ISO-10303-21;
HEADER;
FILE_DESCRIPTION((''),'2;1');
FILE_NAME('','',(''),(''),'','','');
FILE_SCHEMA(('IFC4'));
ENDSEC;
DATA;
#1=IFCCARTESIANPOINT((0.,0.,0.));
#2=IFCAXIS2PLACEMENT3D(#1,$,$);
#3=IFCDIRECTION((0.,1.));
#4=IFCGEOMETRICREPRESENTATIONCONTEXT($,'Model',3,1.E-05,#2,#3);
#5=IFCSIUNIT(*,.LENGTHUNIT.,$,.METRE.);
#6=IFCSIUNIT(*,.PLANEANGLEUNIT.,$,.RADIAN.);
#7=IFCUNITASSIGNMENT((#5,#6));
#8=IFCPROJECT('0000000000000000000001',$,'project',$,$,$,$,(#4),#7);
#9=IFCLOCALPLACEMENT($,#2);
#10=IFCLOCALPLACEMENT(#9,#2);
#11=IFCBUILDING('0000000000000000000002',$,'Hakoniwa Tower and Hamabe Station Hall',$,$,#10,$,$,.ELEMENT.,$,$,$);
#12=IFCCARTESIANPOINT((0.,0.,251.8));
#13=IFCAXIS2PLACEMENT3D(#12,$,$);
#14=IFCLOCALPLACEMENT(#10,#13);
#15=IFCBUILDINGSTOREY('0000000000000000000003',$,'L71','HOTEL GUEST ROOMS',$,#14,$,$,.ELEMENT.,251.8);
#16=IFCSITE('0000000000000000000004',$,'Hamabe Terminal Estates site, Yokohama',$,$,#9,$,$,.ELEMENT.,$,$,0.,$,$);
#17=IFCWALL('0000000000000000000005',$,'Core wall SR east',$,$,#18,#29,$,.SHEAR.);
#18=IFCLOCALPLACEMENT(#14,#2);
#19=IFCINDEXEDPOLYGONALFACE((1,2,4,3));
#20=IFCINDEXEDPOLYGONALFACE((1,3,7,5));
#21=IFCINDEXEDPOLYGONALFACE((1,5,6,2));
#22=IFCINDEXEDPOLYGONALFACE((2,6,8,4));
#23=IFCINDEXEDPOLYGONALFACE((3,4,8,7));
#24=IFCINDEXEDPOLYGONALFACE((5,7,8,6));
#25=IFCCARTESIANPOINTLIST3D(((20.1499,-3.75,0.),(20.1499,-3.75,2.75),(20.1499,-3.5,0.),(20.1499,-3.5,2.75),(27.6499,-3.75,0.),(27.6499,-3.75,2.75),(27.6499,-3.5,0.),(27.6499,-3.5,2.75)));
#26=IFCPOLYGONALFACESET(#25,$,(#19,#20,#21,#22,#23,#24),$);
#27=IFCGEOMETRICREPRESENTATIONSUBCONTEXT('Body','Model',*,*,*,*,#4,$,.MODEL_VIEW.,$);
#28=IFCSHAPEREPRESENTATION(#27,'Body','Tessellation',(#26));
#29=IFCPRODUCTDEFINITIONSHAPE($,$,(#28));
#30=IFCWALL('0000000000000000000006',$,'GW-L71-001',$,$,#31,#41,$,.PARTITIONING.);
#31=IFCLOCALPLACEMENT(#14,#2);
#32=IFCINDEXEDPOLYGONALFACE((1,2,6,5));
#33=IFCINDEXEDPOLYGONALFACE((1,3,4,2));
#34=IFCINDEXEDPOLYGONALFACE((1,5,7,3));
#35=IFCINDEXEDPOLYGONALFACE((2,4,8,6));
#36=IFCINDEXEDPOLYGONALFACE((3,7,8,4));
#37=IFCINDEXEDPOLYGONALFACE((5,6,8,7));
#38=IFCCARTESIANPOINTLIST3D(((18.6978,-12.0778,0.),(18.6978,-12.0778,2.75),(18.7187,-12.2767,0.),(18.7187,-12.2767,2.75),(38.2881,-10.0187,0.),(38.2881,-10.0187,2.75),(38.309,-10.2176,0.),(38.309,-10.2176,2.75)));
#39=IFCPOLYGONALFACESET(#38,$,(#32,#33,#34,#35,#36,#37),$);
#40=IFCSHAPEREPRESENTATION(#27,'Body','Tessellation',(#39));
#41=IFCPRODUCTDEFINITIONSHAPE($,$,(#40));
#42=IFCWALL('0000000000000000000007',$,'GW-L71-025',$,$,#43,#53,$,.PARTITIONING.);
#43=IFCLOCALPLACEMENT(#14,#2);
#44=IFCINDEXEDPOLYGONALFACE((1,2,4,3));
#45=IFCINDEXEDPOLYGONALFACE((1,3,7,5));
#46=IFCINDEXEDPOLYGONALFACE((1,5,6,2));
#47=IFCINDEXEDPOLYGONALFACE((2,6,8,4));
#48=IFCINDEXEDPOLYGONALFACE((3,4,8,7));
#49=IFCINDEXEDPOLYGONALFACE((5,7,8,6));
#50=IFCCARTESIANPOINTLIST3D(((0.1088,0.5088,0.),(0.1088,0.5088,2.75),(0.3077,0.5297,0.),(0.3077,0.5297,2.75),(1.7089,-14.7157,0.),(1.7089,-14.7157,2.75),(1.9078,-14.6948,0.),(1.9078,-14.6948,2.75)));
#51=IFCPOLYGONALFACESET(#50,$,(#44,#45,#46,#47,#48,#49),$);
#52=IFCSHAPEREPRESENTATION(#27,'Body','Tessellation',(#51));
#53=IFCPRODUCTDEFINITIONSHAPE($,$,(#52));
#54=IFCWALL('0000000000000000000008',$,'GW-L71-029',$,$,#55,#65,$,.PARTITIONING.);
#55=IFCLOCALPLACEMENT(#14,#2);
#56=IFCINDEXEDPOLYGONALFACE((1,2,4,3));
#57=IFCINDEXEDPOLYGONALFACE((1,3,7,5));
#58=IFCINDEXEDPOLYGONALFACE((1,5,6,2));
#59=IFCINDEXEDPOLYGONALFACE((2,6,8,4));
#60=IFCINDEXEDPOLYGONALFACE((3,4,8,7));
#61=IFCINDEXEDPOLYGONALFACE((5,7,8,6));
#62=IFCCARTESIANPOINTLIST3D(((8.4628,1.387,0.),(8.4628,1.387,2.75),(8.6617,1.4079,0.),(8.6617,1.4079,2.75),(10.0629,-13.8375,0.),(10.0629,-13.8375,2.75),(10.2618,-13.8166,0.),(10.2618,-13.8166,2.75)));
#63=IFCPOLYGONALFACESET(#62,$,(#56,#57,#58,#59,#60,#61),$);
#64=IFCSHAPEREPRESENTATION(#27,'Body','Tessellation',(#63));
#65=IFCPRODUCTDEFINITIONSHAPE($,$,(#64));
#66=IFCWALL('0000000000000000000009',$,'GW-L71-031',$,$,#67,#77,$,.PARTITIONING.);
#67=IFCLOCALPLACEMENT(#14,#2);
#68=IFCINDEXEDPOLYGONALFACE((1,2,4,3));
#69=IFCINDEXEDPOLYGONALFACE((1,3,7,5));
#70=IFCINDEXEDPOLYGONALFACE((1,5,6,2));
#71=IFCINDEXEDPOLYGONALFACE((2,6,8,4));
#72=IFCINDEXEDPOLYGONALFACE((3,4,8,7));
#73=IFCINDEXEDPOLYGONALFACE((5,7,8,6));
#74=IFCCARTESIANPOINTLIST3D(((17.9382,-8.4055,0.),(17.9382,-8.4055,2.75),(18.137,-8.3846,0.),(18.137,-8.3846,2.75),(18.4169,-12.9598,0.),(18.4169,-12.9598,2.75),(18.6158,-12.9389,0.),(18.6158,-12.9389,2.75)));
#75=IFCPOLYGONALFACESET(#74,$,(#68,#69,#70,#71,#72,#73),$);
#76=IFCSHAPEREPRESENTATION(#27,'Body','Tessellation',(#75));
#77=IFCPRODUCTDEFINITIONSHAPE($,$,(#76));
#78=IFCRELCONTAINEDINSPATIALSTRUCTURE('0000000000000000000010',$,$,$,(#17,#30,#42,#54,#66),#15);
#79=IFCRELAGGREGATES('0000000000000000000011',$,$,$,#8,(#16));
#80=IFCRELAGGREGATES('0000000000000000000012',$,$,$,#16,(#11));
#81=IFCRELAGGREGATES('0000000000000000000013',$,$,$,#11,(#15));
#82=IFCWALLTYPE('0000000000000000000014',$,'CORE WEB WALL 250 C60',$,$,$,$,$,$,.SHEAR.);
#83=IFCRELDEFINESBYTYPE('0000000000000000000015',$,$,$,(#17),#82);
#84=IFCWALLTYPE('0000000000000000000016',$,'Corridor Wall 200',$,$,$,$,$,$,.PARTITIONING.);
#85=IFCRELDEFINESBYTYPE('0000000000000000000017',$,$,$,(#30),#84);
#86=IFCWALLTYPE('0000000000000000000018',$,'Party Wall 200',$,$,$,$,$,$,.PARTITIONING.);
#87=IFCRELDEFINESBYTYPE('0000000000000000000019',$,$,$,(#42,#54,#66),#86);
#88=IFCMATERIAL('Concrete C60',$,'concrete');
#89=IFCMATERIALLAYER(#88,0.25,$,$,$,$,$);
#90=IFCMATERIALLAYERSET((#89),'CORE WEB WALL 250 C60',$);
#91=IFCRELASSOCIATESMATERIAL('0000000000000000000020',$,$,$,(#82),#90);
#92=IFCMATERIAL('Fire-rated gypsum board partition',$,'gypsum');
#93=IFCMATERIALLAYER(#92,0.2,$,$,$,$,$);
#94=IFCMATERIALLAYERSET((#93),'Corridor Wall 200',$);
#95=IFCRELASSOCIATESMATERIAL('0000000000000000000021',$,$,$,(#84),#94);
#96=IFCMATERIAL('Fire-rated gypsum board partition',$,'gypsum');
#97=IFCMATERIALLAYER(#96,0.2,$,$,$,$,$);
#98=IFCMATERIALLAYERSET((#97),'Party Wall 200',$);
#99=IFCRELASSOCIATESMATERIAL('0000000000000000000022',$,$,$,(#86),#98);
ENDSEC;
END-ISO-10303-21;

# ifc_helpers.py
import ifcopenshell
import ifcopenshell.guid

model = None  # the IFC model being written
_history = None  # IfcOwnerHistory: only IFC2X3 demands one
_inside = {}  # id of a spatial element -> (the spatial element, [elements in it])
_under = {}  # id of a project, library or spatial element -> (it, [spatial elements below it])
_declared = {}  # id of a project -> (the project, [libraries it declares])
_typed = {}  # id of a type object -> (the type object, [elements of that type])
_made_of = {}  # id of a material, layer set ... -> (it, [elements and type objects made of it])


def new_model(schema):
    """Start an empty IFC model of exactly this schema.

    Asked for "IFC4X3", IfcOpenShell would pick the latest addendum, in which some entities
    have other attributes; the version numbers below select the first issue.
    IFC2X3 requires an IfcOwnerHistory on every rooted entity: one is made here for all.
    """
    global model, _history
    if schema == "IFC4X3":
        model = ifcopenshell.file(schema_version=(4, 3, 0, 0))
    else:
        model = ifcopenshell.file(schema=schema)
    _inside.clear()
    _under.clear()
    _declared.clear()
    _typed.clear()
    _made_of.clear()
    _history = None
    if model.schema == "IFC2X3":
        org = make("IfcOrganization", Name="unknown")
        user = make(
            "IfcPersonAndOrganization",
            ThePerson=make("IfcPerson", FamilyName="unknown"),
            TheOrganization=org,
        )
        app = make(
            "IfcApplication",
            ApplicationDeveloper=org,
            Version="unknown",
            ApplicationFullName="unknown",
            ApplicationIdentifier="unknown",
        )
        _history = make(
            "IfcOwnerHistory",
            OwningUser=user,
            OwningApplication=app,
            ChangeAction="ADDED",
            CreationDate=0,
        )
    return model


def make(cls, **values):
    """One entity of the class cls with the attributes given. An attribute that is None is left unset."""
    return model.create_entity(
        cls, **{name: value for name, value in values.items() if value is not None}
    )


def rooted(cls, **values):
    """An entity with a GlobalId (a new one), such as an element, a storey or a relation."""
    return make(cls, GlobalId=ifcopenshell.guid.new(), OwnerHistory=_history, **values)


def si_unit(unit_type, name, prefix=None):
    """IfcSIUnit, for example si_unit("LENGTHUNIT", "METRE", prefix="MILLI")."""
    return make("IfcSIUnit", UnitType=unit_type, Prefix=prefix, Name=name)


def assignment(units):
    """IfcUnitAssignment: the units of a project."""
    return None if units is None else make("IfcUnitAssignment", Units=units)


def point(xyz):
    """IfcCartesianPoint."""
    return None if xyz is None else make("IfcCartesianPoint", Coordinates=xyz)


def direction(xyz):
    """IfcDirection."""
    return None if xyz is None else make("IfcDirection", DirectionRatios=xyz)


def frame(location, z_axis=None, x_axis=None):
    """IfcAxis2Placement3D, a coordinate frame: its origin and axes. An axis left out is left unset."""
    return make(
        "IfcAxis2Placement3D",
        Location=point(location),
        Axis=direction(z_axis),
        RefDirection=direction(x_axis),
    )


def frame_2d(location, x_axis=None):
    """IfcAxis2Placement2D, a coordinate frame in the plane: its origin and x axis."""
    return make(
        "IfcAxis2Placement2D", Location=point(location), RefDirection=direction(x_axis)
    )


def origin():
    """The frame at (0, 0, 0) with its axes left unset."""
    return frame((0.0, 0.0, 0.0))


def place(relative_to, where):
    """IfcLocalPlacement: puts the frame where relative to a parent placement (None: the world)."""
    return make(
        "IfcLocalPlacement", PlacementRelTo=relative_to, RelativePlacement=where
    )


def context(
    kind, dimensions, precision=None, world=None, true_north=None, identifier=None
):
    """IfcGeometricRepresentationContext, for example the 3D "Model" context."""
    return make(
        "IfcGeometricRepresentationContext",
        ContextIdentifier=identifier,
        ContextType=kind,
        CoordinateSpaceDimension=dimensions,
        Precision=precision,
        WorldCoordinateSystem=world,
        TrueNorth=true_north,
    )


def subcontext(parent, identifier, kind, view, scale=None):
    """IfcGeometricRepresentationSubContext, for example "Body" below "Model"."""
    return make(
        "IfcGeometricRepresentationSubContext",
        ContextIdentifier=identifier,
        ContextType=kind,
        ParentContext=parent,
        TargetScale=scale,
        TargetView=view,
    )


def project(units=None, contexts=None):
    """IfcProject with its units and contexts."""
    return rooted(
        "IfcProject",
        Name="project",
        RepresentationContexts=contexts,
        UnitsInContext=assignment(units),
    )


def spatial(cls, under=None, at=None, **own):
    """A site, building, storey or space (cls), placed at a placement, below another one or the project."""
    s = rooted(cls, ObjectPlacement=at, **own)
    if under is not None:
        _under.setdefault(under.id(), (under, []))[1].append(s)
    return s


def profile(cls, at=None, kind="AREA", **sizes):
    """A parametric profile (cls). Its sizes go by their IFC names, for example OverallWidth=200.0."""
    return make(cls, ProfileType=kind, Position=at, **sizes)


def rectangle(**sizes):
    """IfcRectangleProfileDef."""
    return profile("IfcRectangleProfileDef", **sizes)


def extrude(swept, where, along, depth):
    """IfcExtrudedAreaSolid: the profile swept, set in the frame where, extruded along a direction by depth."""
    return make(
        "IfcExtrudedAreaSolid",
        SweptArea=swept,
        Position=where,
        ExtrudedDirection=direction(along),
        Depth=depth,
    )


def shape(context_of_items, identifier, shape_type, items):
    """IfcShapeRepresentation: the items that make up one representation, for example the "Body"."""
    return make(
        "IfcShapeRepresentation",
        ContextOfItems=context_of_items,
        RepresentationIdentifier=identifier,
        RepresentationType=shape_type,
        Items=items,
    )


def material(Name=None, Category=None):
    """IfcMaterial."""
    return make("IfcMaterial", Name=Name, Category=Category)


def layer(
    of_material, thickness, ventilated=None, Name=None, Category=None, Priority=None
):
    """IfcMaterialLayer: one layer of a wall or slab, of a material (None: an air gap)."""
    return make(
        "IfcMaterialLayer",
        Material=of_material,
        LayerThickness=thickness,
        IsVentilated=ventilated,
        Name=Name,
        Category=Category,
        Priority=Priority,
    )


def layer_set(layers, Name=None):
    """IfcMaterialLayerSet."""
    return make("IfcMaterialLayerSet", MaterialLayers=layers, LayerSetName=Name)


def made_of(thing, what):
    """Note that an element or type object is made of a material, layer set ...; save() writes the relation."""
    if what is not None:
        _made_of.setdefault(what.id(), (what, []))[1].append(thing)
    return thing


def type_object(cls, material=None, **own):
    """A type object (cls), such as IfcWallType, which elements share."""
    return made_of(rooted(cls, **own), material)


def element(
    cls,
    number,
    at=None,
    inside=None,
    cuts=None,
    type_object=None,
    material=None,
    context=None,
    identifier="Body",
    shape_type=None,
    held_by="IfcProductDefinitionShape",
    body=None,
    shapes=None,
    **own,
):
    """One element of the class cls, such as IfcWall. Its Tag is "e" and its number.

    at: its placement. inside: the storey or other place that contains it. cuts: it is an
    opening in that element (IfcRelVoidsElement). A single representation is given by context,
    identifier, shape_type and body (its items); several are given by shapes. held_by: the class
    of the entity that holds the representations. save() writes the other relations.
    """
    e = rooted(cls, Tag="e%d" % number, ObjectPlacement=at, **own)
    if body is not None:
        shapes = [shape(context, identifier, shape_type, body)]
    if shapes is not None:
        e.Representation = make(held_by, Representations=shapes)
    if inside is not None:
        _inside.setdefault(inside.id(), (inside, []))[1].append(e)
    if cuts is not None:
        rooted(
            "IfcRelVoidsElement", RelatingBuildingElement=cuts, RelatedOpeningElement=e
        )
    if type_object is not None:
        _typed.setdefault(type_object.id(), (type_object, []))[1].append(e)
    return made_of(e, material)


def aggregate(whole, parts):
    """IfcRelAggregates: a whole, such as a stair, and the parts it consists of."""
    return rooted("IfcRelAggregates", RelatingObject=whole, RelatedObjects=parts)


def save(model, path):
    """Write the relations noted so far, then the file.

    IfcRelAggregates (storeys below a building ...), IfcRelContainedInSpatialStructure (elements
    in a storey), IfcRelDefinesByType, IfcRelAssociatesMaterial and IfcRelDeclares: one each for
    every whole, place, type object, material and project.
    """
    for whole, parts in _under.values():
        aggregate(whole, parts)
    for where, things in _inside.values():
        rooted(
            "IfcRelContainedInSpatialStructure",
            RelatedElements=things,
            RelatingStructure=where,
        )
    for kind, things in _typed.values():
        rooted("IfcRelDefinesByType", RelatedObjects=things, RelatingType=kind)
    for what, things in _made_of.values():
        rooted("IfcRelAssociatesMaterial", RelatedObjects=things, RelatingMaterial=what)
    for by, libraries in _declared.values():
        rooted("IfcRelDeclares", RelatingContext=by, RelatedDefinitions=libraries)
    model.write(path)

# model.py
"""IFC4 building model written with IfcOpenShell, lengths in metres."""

from ifc_helpers import new_model, si_unit, direction, frame, frame_2d, origin, place, context, subcontext, project, spatial, rectangle, extrude, material, layer, layer_set, type_object, element, save


model = new_model("IFC4")

# Units and contexts
model_context = context("Model", 3, precision=1e-05, world=origin(), true_north=direction((0.0, 1.0)))
body_context = subcontext(model_context, "Body", "Model", "MODEL_VIEW")
ifc_project = project(units=[si_unit("LENGTHUNIT", "METRE"), si_unit("PLANEANGLEUNIT", "RADIAN")], contexts=[model_context])

# Site, building, storey
site_placement = place(None, origin())
site = spatial("IfcSite", under=ifc_project, at=site_placement, Name="Hamabe Terminal Estates site, Yokohama", CompositionType="ELEMENT", RefElevation=0.0)
building_placement = place(site_placement, origin())
building = spatial("IfcBuilding", under=site, at=building_placement, Name="Hakoniwa Tower and Hamabe Station Hall", CompositionType="ELEMENT")
storey_placement = place(building_placement, frame((0.0, 0.0, 251.8)))
storey = spatial("IfcBuildingStorey", under=building, at=storey_placement, Name="L71", Description="HOTEL GUEST ROOMS", CompositionType="ELEMENT", Elevation=251.8)

# Shared definitions
ifc_material_1 = material(Name="Concrete C60", Category="concrete")
ifc_layer_1 = layer(ifc_material_1, 0.25)
ifc_layer_set_1 = layer_set([ifc_layer_1], Name="CORE WEB WALL 250 C60")
wall_type_1 = type_object("IfcWallType", Name="CORE WEB WALL 250 C60", PredefinedType="SHEAR", material=ifc_layer_set_1)

# Walls
wall_1_placement = place(storey_placement, frame((20.1499, -3.625, 0.0), z_axis=(0.0, 0.0, 1.0), x_axis=(1.0, 0.0, 0.0)))
element("IfcWall", 1, at=wall_1_placement, inside=storey, type_object=wall_type_1, Name="Core wall SR east", PredefinedType="SHEAR", context=body_context, shape_type="SweptSolid", body=[
    extrude(rectangle(XDim=7.5, YDim=0.25, at=frame_2d((3.75, 0.0))), origin(), (0.0, 0.0, 1.0), 2.75),
])
ifc_material_2 = material(Name="Fire-rated gypsum board partition", Category="gypsum")
ifc_layer_2 = layer(ifc_material_2, 0.2)
ifc_layer_set_2 = layer_set([ifc_layer_2], Name="Corridor Wall 200")
wall_type_2 = type_object("IfcWallType", Name="Corridor Wall 200", PredefinedType="PARTITIONING", material=ifc_layer_set_2)
wall_2_placement = place(storey_placement, frame((18.7083, -12.1772, 0.0), z_axis=(0.0, 0.0, 1.0), x_axis=(0.994522, 0.104531, 0.0)))
element("IfcWall", 2, at=wall_2_placement, inside=storey, type_object=wall_type_2, Name="GW-L71-001", PredefinedType="PARTITIONING", context=body_context, shape_type="SweptSolid", body=[
    extrude(rectangle(XDim=19.6982, YDim=0.2, at=frame_2d((9.8491, 0.0))), origin(), (0.0, 0.0, 1.0), 2.75),
])
ifc_material_3 = material(Name="Fire-rated gypsum board partition", Category="gypsum")
ifc_layer_3 = layer(ifc_material_3, 0.2)
ifc_layer_set_3 = layer_set([ifc_layer_3], Name="Party Wall 200")
wall_type_3 = type_object("IfcWallType", Name="Party Wall 200", PredefinedType="PARTITIONING", material=ifc_layer_set_3)
for number, where, z_axis, x_axis, name in (
    (3, (1.8083, -14.7053, 0.0), (0.0, 0.0, 1.0), (-0.104524, 0.994522, 0.0), "GW-L71-025"),
    (4, (10.1624, -13.8271, 0.0), (0.0, 0.0, 1.0), (-0.104524, 0.994522, 0.0), "GW-L71-029"),
):
    element("IfcWall", number, at=place(storey_placement, frame(where, z_axis=z_axis, x_axis=x_axis)), inside=storey, type_object=wall_type_3, Name=name, PredefinedType="PARTITIONING", context=body_context, shape_type="SweptSolid", body=[
        extrude(rectangle(XDim=15.3083, YDim=0.2, at=frame_2d((7.6543, 0.0))), origin(), (0.0, 0.0, 1.0), 2.75),
    ])
wall_3_placement = place(storey_placement, frame((18.5164, -12.9492, 0.0), z_axis=(0.0, 0.0, 1.0), x_axis=(-0.104549, 0.99452, 0.0)))
element("IfcWall", 5, at=wall_3_placement, inside=storey, type_object=wall_type_3, Name="GW-L71-031", PredefinedType="PARTITIONING", context=body_context, shape_type="SweptSolid", body=[
    extrude(rectangle(XDim=4.5793, YDim=0.2, at=frame_2d((2.2896, 0.0))), origin(), (0.0, 0.0, 1.0), 2.75),
])

save(model, "model.ifc")
